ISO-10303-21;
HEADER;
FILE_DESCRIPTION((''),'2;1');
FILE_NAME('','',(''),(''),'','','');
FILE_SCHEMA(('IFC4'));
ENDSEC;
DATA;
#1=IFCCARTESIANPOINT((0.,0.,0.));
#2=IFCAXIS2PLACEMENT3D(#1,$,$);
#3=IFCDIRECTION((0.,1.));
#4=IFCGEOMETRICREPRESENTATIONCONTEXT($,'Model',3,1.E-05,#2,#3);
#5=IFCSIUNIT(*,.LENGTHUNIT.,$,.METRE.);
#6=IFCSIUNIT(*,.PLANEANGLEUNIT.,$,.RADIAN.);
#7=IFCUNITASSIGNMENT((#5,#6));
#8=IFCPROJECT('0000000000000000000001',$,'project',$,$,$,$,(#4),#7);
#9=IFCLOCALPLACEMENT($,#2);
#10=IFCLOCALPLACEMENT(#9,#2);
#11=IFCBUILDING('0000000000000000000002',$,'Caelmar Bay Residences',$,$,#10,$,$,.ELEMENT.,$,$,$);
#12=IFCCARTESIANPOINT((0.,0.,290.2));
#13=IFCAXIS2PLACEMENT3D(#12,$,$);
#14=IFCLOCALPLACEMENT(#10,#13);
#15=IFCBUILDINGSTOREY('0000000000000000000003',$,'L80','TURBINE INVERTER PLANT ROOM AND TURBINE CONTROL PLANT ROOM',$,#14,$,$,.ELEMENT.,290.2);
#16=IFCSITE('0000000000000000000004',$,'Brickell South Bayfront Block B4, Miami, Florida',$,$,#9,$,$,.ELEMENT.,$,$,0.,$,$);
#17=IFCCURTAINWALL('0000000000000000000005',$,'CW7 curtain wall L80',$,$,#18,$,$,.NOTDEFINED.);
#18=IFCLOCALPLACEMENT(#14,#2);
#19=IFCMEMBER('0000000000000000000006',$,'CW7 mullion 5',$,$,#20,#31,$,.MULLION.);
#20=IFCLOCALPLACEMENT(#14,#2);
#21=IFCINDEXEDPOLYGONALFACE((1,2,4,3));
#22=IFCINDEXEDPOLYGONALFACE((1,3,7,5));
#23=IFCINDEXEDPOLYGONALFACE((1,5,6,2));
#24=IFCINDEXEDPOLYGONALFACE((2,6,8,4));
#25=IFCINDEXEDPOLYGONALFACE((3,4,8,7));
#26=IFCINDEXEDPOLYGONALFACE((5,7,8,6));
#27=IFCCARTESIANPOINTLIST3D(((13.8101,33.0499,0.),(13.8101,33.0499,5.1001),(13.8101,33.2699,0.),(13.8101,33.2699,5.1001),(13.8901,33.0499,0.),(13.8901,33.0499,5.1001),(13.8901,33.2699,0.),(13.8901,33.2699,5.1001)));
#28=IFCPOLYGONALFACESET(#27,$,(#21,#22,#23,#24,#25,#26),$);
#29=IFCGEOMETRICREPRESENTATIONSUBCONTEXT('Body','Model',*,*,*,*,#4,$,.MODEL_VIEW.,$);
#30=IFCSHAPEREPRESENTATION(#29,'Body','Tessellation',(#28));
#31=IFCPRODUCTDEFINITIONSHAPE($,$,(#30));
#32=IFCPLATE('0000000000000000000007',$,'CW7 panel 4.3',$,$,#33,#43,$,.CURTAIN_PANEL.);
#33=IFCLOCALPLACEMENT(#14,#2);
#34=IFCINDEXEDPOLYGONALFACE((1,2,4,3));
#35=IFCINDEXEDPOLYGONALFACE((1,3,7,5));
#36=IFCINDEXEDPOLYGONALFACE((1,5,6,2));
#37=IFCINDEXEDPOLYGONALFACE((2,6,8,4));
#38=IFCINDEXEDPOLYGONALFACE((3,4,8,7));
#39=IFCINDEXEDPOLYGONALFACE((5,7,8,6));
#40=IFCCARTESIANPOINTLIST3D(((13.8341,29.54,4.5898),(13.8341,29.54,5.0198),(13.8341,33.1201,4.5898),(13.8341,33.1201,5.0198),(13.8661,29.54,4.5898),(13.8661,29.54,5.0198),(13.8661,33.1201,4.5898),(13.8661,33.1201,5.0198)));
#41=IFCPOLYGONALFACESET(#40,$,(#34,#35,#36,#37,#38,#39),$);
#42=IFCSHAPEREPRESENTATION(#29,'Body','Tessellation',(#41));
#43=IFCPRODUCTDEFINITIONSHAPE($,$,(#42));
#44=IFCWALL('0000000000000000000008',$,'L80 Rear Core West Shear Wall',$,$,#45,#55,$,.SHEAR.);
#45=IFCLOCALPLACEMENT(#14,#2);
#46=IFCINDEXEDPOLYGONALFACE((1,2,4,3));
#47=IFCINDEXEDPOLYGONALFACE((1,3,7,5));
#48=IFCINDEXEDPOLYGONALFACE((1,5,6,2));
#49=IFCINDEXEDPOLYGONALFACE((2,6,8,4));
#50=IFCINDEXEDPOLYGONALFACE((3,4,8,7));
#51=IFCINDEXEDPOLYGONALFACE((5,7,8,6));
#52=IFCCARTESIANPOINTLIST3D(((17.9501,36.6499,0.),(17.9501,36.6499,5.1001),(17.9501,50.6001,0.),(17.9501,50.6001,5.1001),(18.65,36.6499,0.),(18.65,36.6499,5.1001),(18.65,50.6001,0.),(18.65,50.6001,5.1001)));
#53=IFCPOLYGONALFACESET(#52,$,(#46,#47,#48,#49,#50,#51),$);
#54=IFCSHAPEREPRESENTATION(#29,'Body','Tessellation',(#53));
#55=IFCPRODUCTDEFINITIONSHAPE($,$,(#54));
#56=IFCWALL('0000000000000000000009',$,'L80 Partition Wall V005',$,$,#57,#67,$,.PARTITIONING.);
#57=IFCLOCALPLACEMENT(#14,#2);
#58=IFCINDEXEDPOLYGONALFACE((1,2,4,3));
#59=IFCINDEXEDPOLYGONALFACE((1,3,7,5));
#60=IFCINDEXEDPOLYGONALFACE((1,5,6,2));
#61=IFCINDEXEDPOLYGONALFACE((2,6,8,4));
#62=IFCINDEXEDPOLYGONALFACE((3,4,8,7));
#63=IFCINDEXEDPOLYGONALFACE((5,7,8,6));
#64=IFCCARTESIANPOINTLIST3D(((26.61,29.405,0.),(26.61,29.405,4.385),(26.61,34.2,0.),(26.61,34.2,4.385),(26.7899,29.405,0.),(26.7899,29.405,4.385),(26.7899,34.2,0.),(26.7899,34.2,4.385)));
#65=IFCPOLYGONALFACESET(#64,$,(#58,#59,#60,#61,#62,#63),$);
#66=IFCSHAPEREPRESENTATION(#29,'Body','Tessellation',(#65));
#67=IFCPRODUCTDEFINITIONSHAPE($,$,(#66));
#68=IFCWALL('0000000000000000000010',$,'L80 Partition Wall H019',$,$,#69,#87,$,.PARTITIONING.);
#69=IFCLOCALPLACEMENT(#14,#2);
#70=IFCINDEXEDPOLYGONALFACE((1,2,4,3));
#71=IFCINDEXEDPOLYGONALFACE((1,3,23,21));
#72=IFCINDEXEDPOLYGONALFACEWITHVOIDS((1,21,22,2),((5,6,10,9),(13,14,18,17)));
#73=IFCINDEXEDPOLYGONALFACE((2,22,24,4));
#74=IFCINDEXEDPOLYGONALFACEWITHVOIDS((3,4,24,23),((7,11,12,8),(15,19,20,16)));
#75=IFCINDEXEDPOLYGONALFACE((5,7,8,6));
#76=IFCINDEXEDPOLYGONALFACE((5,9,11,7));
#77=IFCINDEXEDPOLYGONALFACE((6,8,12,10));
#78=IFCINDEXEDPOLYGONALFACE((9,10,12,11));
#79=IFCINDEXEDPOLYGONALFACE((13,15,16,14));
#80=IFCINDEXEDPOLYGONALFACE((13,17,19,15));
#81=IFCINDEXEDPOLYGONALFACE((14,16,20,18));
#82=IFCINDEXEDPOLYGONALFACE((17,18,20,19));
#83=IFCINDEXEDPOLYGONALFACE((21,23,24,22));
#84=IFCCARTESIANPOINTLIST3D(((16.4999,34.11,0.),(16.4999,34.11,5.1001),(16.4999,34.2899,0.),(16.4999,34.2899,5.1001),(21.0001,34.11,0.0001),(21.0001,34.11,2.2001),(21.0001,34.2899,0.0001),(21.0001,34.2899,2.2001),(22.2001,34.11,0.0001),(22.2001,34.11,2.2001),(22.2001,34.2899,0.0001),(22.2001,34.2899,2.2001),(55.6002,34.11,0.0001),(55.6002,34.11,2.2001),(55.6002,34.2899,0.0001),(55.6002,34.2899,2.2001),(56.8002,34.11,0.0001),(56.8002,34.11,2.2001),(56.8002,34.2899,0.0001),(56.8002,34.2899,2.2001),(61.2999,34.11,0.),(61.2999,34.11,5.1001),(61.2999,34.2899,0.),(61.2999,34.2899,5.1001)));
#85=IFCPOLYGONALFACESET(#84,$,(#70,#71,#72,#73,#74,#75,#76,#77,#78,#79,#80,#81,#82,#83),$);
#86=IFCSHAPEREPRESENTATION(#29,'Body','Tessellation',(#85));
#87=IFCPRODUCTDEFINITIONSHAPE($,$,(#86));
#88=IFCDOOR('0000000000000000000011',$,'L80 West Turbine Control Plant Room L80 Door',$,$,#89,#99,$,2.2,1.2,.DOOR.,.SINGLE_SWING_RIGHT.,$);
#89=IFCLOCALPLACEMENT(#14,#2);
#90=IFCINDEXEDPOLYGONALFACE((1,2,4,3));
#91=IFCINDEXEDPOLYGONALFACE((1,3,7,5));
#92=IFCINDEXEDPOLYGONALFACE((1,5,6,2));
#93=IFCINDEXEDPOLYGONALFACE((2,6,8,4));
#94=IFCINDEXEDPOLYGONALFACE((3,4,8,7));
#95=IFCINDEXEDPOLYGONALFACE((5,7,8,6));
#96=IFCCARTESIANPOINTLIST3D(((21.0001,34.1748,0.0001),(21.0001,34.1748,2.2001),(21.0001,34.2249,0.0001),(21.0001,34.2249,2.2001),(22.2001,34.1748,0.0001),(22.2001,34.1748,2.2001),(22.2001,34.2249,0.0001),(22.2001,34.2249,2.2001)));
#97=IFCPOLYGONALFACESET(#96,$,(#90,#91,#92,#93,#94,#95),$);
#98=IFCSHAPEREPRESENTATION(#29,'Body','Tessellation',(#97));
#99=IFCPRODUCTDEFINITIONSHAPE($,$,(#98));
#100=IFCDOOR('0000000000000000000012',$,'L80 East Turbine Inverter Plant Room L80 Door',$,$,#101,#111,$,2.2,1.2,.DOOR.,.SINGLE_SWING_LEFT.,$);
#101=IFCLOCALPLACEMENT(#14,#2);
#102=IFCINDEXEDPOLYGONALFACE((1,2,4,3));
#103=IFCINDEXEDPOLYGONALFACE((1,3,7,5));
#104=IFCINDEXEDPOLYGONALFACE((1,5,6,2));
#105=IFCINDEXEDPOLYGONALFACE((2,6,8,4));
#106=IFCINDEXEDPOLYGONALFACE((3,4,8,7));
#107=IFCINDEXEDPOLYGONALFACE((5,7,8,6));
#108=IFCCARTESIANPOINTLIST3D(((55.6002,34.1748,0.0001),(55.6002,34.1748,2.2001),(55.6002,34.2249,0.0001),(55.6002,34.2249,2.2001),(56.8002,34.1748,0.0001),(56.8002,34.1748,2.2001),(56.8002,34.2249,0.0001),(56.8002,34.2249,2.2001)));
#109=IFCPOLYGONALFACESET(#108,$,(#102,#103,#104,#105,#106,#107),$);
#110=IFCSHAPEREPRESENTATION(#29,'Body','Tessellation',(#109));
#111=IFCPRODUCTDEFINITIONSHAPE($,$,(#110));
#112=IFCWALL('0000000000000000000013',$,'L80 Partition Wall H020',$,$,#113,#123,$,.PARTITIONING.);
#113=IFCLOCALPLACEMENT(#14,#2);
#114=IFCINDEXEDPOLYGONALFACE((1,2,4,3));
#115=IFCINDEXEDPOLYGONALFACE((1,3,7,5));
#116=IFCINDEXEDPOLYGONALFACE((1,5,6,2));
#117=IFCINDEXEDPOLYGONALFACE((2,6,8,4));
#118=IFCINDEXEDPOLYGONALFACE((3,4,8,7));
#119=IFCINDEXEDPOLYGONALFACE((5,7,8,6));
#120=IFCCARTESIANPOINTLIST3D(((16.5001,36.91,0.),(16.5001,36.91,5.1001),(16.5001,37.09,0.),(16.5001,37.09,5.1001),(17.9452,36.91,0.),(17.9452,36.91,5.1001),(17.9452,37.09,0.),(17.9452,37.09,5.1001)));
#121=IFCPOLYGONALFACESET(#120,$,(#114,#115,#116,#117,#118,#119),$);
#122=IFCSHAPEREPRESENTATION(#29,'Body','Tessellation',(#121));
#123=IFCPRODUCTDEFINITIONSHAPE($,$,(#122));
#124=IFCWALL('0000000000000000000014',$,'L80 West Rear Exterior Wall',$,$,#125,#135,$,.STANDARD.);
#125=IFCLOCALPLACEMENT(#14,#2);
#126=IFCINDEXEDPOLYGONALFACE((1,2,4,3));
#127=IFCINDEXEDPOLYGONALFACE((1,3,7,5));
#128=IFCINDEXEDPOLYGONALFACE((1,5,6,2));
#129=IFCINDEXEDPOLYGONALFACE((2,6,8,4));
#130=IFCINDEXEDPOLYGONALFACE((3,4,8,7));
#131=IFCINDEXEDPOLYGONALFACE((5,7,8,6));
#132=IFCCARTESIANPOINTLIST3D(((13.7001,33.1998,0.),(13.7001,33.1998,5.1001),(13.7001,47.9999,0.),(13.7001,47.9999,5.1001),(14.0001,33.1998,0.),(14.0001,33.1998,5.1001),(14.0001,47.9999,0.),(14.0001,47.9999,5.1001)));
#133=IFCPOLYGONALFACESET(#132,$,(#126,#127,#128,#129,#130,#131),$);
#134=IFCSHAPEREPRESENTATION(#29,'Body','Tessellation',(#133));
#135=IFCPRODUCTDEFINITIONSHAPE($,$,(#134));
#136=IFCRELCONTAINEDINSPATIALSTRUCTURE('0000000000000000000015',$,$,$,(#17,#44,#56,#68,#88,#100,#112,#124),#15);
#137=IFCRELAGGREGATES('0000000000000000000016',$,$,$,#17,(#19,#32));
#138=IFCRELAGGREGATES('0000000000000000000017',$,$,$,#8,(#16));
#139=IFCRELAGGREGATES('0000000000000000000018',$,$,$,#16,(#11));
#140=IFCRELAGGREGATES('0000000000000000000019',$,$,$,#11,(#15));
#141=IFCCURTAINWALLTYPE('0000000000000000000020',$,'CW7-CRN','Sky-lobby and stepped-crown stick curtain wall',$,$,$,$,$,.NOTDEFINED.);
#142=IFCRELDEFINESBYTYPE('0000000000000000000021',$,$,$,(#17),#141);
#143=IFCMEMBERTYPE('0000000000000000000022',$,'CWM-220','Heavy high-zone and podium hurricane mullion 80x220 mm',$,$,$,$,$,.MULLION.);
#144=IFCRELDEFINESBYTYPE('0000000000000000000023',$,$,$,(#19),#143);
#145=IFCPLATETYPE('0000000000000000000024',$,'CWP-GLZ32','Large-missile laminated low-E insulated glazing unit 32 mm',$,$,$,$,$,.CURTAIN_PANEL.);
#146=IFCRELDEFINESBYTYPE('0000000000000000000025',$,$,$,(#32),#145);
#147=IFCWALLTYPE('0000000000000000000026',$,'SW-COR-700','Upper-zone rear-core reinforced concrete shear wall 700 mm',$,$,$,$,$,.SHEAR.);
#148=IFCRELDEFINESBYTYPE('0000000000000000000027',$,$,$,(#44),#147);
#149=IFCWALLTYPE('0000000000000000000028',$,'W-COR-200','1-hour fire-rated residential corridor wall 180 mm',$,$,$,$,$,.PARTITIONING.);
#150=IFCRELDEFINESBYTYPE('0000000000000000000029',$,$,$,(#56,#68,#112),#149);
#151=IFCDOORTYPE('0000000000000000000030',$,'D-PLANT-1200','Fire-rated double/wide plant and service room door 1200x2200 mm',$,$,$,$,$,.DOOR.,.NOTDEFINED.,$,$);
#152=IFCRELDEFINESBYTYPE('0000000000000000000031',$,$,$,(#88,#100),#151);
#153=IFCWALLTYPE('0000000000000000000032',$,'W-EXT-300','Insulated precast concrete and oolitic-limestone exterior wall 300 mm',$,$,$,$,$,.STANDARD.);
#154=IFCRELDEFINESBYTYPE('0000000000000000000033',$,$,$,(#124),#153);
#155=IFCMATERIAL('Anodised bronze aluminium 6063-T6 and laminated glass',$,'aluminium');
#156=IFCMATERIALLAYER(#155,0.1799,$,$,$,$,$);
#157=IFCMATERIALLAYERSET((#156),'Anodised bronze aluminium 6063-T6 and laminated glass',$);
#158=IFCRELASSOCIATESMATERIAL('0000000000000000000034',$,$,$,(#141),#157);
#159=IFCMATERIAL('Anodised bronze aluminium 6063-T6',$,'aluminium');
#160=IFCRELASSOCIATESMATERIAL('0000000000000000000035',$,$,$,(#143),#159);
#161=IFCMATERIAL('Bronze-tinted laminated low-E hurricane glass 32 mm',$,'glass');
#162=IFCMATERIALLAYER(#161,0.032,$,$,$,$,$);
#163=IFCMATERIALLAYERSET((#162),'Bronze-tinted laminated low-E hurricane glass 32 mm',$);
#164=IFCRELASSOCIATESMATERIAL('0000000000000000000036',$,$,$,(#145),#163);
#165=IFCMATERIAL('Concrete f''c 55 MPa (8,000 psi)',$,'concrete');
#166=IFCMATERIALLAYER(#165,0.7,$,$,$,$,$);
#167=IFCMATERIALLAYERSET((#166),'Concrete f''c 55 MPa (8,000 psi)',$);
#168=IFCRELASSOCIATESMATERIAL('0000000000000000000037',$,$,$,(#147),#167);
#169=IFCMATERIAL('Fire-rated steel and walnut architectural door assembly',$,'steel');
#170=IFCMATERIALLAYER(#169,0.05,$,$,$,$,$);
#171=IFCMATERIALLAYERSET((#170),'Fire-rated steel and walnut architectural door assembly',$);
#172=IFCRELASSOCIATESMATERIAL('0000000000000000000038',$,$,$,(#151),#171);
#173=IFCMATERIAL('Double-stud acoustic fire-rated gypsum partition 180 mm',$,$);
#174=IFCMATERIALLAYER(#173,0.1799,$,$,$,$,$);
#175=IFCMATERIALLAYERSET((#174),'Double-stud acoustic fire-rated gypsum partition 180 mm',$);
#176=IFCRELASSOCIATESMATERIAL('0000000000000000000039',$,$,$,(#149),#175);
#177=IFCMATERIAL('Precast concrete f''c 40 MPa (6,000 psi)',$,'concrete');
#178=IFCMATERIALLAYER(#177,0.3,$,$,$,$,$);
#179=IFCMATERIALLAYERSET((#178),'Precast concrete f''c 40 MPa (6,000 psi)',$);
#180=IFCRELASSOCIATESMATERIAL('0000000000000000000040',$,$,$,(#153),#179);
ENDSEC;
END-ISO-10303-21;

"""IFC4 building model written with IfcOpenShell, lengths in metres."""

from ifc_helpers import new_model, si_unit, direction, frame, frame_2d, origin, origin_2d, place, context, subcontext, project, spatial, rectangle, extrude, material, layer, layer_set, material_profile, profile_set, type_object, element, fill, aggregate, save


model = new_model("IFC4")

# Units and contexts
model_context = context("Model", 3, precision=1e-05, world=origin(), true_north=direction((0.0, 1.0)))
body_context = subcontext(model_context, "Body", "Model", "MODEL_VIEW")
ifc_project = project(units=[si_unit("LENGTHUNIT", "METRE"), si_unit("PLANEANGLEUNIT", "RADIAN")], contexts=[model_context])

# Site, building, storey
site_placement = place(None, origin())
site = spatial("IfcSite", under=ifc_project, at=site_placement, Name="Brickell South Bayfront Block B4, Miami, Florida", CompositionType="ELEMENT", RefElevation=0.0)
building_placement = place(site_placement, origin())
building = spatial("IfcBuilding", under=site, at=building_placement, Name="Caelmar Bay Residences", CompositionType="ELEMENT")
storey_placement = place(building_placement, frame((0.0, 0.0, 290.2)))
storey = spatial("IfcBuildingStorey", under=building, at=storey_placement, Name="L80", Description="TURBINE INVERTER PLANT ROOM AND TURBINE CONTROL PLANT ROOM", CompositionType="ELEMENT", Elevation=290.2)

# Shared definitions
ifc_material_1 = material(Name="Concrete f'c 55 MPa (8,000 psi)", Category="concrete")

# Curtain wall, member, plate
ifc_material_2 = material(Name="Anodised bronze aluminium 6063-T6 and laminated glass", Category="aluminium")
ifc_layer_1 = layer(ifc_material_2, 0.1799)
ifc_layer_set_1 = layer_set([ifc_layer_1], Name="Anodised bronze aluminium 6063-T6 and laminated glass")
curtain_wall_type = type_object("IfcCurtainWallType", Name="CW7-CRN", Description="Sky-lobby and stepped-crown stick curtain wall", PredefinedType="NOTDEFINED", material=ifc_layer_set_1)
curtain_wall_placement = place(storey_placement, origin())
curtain_wall = element("IfcCurtainWall", 1, at=curtain_wall_placement, inside=storey, type_object=curtain_wall_type, Name="CW7 curtain wall L80", PredefinedType="NOTDEFINED")
ifc_material_3 = material(Name="Anodised bronze aluminium 6063-T6", Category="aluminium")
ifc_material_profile_1 = material_profile(ifc_material_3, rectangle(XDim=0.0801, YDim=0.22, at=origin_2d()), Name="CWM-80X220")
ifc_profile_set_1 = profile_set([ifc_material_profile_1], Name="Anodised bronze aluminium 6063-T6")
member_type = type_object("IfcMemberType", Name="CWM-220", Description="Heavy high-zone and podium hurricane mullion 80x220 mm", PredefinedType="MULLION", material=ifc_profile_set_1)
member_placement = place(storey_placement, frame((13.8501, 33.1599, 0.0), z_axis=(0.0, 0.0, 1.0), x_axis=(-1.0, 0.0, 0.0)))
member = element("IfcMember", 2, at=member_placement, type_object=member_type, Name="CW7 mullion 5", PredefinedType="MULLION", context=body_context, shape_type="SweptSolid", body=[
    extrude(rectangle(XDim=0.0801, YDim=0.22, at=origin_2d()), origin(), (0.0, 0.0, 1.0), 5.1001),
])
ifc_material_4 = material(Name="Bronze-tinted laminated low-E hurricane glass 32 mm", Category="glass")
ifc_layer_2 = layer(ifc_material_4, 0.032)
ifc_layer_set_2 = layer_set([ifc_layer_2], Name="Bronze-tinted laminated low-E hurricane glass 32 mm")
plate_type = type_object("IfcPlateType", Name="CWP-GLZ32", Description="Large-missile laminated low-E insulated glazing unit 32 mm", PredefinedType="CURTAIN_PANEL", material=ifc_layer_set_2)
plate_placement = place(storey_placement, frame((13.8501, 31.3301, 4.5898), z_axis=(0.0, 0.0, 1.0), x_axis=(0.0, 1.0, 0.0)))
plate = element("IfcPlate", 3, at=plate_placement, type_object=plate_type, Name="CW7 panel 4.3", PredefinedType="CURTAIN_PANEL", context=body_context, shape_type="SweptSolid", body=[
    extrude(rectangle(XDim=3.5801, YDim=0.032, at=origin_2d()), origin(), (0.0, 0.0, 1.0), 0.4299),
])
aggregate(curtain_wall, [member, plate])

# Shared definitions
ifc_layer_3 = layer(ifc_material_1, 0.7)
ifc_layer_set_3 = layer_set([ifc_layer_3], Name="Concrete f'c 55 MPa (8,000 psi)")
wall_type_1 = type_object("IfcWallType", Name="SW-COR-700", Description="Upper-zone rear-core reinforced concrete shear wall 700 mm", PredefinedType="SHEAR", material=ifc_layer_set_3)
ifc_material_5 = material(Name="Fire-rated steel and walnut architectural door assembly", Category="steel")
ifc_layer_4 = layer(ifc_material_5, 0.05)
ifc_layer_set_4 = layer_set([ifc_layer_4], Name="Fire-rated steel and walnut architectural door assembly")
door_type_1 = type_object("IfcDoorType", Name="D-PLANT-1200", Description="Fire-rated double/wide plant and service room door 1200x2200 mm", OperationType="NOTDEFINED", PredefinedType="DOOR", material=ifc_layer_set_4)

# Walls
wall_1_placement = place(storey_placement, frame((18.3, 36.6499, 0.0), z_axis=(0.0, 0.0, 1.0), x_axis=(0.0, 1.0, 0.0)))
element("IfcWall", 4, at=wall_1_placement, inside=storey, type_object=wall_type_1, Name="L80 Rear Core West Shear Wall", PredefinedType="SHEAR", context=body_context, shape_type="SweptSolid", body=[
    extrude(rectangle(XDim=13.9502, YDim=0.7, at=frame_2d((6.9751, 0.0))), origin(), (0.0, 0.0, 1.0), 5.1001),
])
ifc_material_6 = material(Name="Double-stud acoustic fire-rated gypsum partition 180 mm")
ifc_layer_5 = layer(ifc_material_6, 0.1799)
ifc_layer_set_5 = layer_set([ifc_layer_5], Name="Double-stud acoustic fire-rated gypsum partition 180 mm")
wall_type_2 = type_object("IfcWallType", Name="W-COR-200", Description="1-hour fire-rated residential corridor wall 180 mm", PredefinedType="PARTITIONING", material=ifc_layer_set_5)
wall_2_placement = place(storey_placement, frame((26.7, 29.405, 0.0), z_axis=(0.0, 0.0, 1.0), x_axis=(0.0, 1.0, 0.0)))
element("IfcWall", 5, at=wall_2_placement, inside=storey, type_object=wall_type_2, Name="L80 Partition Wall V005", PredefinedType="PARTITIONING", context=body_context, shape_type="SweptSolid", body=[
    extrude(rectangle(XDim=4.7949, YDim=0.1799, at=frame_2d((2.3975, 0.0))), origin(), (0.0, 0.0, 1.0), 4.385),
])

# Wall, openings, doors
wall_3_placement = place(storey_placement, frame((16.5, 34.2, 0.0), z_axis=(0.0, 0.0, 1.0), x_axis=(1.0, 0.0, 0.0)))
wall_3 = element("IfcWall", 6, at=wall_3_placement, inside=storey, type_object=wall_type_2, Name="L80 Partition Wall H019", PredefinedType="PARTITIONING", context=body_context, shape_type="SweptSolid", body=[
    extrude(rectangle(XDim=44.8, YDim=0.1799, at=frame_2d((22.3999, 0.0))), origin(), (0.0, 0.0, 1.0), 5.1001),
])
opening_1_placement = place(wall_3_placement, frame((4.5, 0.0, 0.0)))
opening_1 = element("IfcOpeningElement", 7, at=opening_1_placement, cuts=wall_3, PredefinedType="OPENING", context=body_context, shape_type="SweptSolid", body=[
    extrude(rectangle(XDim=1.2, YDim=2.2, at=frame_2d((0.6001, 1.1001))), frame((0.0, 0.0999, 0.0), z_axis=(0.0, -1.0, 0.0), x_axis=(1.0, 0.0, 0.0)), (0.0, 0.0, 1.0), 0.2),
])
opening_2_placement = place(wall_3_placement, frame((39.1001, 0.0, 0.0)))
opening_2 = element("IfcOpeningElement", 8, at=opening_2_placement, cuts=wall_3, PredefinedType="OPENING", context=body_context, shape_type="SweptSolid", body=[
    extrude(rectangle(XDim=1.2, YDim=2.2, at=frame_2d((0.6001, 1.1001))), frame((0.0, 0.0999, 0.0), z_axis=(0.0, -1.0, 0.0), x_axis=(1.0, 0.0, 0.0)), (0.0, 0.0, 1.0), 0.2),
])
door_1_placement = place(opening_1_placement, origin())
door_1 = element("IfcDoor", 9, at=door_1_placement, inside=storey, type_object=door_type_1, Name="L80 West Turbine Control Plant Room L80 Door", OperationType="SINGLE_SWING_RIGHT", OverallHeight=2.2, OverallWidth=1.2, PredefinedType="DOOR", context=body_context, shape_type="SweptSolid", body=[
    extrude(rectangle(XDim=1.2, YDim=2.2, at=frame_2d((0.6001, 1.1001))), frame((0.0, 0.0249, 0.0), z_axis=(0.0, -1.0, 0.0), x_axis=(1.0, 0.0, 0.0)), (0.0, 0.0, 1.0), 0.05),
])
fill(opening_1, door_1)
door_2_placement = place(opening_2_placement, origin())
door_2 = element("IfcDoor", 10, at=door_2_placement, inside=storey, type_object=door_type_1, Name="L80 East Turbine Inverter Plant Room L80 Door", OperationType="SINGLE_SWING_LEFT", OverallHeight=2.2, OverallWidth=1.2, PredefinedType="DOOR", context=body_context, shape_type="SweptSolid", body=[
    extrude(rectangle(XDim=1.2, YDim=2.2, at=frame_2d((0.6001, 1.1001))), frame((0.0, 0.0249, 0.0), z_axis=(0.0, -1.0, 0.0), x_axis=(1.0, 0.0, 0.0)), (0.0, 0.0, 1.0), 0.05),
])
fill(opening_2, door_2)

# Walls
wall_4_placement = place(storey_placement, frame((16.5, 37.0, 0.0), z_axis=(0.0, 0.0, 1.0), x_axis=(1.0, 0.0, 0.0)))
element("IfcWall", 11, at=wall_4_placement, inside=storey, type_object=wall_type_2, Name="L80 Partition Wall H020", PredefinedType="PARTITIONING", context=body_context, shape_type="SweptSolid", body=[
    extrude(rectangle(XDim=1.4451, YDim=0.1799, at=frame_2d((0.7227, 0.0))), origin(), (0.0, 0.0, 1.0), 5.1001),
])
ifc_material_7 = material(Name="Precast concrete f'c 40 MPa (6,000 psi)", Category="concrete")
ifc_layer_6 = layer(ifc_material_7, 0.3)
ifc_layer_set_6 = layer_set([ifc_layer_6], Name="Precast concrete f'c 40 MPa (6,000 psi)")
wall_type_3 = type_object("IfcWallType", Name="W-EXT-300", Description="Insulated precast concrete and oolitic-limestone exterior wall 300 mm", PredefinedType="STANDARD", material=ifc_layer_set_6)
wall_5_placement = place(storey_placement, frame((13.8501, 33.2, 0.0), z_axis=(0.0, 0.0, 1.0), x_axis=(0.0, 1.0, 0.0)))
element("IfcWall", 12, at=wall_5_placement, inside=storey, type_object=wall_type_3, Name="L80 West Rear Exterior Wall", PredefinedType="STANDARD", context=body_context, shape_type="SweptSolid", body=[
    extrude(rectangle(XDim=14.8, YDim=0.3, at=frame_2d((7.3999, 0.0))), origin(), (0.0, 0.0, 1.0), 5.1001),
])

save(model, "model.ifc")
